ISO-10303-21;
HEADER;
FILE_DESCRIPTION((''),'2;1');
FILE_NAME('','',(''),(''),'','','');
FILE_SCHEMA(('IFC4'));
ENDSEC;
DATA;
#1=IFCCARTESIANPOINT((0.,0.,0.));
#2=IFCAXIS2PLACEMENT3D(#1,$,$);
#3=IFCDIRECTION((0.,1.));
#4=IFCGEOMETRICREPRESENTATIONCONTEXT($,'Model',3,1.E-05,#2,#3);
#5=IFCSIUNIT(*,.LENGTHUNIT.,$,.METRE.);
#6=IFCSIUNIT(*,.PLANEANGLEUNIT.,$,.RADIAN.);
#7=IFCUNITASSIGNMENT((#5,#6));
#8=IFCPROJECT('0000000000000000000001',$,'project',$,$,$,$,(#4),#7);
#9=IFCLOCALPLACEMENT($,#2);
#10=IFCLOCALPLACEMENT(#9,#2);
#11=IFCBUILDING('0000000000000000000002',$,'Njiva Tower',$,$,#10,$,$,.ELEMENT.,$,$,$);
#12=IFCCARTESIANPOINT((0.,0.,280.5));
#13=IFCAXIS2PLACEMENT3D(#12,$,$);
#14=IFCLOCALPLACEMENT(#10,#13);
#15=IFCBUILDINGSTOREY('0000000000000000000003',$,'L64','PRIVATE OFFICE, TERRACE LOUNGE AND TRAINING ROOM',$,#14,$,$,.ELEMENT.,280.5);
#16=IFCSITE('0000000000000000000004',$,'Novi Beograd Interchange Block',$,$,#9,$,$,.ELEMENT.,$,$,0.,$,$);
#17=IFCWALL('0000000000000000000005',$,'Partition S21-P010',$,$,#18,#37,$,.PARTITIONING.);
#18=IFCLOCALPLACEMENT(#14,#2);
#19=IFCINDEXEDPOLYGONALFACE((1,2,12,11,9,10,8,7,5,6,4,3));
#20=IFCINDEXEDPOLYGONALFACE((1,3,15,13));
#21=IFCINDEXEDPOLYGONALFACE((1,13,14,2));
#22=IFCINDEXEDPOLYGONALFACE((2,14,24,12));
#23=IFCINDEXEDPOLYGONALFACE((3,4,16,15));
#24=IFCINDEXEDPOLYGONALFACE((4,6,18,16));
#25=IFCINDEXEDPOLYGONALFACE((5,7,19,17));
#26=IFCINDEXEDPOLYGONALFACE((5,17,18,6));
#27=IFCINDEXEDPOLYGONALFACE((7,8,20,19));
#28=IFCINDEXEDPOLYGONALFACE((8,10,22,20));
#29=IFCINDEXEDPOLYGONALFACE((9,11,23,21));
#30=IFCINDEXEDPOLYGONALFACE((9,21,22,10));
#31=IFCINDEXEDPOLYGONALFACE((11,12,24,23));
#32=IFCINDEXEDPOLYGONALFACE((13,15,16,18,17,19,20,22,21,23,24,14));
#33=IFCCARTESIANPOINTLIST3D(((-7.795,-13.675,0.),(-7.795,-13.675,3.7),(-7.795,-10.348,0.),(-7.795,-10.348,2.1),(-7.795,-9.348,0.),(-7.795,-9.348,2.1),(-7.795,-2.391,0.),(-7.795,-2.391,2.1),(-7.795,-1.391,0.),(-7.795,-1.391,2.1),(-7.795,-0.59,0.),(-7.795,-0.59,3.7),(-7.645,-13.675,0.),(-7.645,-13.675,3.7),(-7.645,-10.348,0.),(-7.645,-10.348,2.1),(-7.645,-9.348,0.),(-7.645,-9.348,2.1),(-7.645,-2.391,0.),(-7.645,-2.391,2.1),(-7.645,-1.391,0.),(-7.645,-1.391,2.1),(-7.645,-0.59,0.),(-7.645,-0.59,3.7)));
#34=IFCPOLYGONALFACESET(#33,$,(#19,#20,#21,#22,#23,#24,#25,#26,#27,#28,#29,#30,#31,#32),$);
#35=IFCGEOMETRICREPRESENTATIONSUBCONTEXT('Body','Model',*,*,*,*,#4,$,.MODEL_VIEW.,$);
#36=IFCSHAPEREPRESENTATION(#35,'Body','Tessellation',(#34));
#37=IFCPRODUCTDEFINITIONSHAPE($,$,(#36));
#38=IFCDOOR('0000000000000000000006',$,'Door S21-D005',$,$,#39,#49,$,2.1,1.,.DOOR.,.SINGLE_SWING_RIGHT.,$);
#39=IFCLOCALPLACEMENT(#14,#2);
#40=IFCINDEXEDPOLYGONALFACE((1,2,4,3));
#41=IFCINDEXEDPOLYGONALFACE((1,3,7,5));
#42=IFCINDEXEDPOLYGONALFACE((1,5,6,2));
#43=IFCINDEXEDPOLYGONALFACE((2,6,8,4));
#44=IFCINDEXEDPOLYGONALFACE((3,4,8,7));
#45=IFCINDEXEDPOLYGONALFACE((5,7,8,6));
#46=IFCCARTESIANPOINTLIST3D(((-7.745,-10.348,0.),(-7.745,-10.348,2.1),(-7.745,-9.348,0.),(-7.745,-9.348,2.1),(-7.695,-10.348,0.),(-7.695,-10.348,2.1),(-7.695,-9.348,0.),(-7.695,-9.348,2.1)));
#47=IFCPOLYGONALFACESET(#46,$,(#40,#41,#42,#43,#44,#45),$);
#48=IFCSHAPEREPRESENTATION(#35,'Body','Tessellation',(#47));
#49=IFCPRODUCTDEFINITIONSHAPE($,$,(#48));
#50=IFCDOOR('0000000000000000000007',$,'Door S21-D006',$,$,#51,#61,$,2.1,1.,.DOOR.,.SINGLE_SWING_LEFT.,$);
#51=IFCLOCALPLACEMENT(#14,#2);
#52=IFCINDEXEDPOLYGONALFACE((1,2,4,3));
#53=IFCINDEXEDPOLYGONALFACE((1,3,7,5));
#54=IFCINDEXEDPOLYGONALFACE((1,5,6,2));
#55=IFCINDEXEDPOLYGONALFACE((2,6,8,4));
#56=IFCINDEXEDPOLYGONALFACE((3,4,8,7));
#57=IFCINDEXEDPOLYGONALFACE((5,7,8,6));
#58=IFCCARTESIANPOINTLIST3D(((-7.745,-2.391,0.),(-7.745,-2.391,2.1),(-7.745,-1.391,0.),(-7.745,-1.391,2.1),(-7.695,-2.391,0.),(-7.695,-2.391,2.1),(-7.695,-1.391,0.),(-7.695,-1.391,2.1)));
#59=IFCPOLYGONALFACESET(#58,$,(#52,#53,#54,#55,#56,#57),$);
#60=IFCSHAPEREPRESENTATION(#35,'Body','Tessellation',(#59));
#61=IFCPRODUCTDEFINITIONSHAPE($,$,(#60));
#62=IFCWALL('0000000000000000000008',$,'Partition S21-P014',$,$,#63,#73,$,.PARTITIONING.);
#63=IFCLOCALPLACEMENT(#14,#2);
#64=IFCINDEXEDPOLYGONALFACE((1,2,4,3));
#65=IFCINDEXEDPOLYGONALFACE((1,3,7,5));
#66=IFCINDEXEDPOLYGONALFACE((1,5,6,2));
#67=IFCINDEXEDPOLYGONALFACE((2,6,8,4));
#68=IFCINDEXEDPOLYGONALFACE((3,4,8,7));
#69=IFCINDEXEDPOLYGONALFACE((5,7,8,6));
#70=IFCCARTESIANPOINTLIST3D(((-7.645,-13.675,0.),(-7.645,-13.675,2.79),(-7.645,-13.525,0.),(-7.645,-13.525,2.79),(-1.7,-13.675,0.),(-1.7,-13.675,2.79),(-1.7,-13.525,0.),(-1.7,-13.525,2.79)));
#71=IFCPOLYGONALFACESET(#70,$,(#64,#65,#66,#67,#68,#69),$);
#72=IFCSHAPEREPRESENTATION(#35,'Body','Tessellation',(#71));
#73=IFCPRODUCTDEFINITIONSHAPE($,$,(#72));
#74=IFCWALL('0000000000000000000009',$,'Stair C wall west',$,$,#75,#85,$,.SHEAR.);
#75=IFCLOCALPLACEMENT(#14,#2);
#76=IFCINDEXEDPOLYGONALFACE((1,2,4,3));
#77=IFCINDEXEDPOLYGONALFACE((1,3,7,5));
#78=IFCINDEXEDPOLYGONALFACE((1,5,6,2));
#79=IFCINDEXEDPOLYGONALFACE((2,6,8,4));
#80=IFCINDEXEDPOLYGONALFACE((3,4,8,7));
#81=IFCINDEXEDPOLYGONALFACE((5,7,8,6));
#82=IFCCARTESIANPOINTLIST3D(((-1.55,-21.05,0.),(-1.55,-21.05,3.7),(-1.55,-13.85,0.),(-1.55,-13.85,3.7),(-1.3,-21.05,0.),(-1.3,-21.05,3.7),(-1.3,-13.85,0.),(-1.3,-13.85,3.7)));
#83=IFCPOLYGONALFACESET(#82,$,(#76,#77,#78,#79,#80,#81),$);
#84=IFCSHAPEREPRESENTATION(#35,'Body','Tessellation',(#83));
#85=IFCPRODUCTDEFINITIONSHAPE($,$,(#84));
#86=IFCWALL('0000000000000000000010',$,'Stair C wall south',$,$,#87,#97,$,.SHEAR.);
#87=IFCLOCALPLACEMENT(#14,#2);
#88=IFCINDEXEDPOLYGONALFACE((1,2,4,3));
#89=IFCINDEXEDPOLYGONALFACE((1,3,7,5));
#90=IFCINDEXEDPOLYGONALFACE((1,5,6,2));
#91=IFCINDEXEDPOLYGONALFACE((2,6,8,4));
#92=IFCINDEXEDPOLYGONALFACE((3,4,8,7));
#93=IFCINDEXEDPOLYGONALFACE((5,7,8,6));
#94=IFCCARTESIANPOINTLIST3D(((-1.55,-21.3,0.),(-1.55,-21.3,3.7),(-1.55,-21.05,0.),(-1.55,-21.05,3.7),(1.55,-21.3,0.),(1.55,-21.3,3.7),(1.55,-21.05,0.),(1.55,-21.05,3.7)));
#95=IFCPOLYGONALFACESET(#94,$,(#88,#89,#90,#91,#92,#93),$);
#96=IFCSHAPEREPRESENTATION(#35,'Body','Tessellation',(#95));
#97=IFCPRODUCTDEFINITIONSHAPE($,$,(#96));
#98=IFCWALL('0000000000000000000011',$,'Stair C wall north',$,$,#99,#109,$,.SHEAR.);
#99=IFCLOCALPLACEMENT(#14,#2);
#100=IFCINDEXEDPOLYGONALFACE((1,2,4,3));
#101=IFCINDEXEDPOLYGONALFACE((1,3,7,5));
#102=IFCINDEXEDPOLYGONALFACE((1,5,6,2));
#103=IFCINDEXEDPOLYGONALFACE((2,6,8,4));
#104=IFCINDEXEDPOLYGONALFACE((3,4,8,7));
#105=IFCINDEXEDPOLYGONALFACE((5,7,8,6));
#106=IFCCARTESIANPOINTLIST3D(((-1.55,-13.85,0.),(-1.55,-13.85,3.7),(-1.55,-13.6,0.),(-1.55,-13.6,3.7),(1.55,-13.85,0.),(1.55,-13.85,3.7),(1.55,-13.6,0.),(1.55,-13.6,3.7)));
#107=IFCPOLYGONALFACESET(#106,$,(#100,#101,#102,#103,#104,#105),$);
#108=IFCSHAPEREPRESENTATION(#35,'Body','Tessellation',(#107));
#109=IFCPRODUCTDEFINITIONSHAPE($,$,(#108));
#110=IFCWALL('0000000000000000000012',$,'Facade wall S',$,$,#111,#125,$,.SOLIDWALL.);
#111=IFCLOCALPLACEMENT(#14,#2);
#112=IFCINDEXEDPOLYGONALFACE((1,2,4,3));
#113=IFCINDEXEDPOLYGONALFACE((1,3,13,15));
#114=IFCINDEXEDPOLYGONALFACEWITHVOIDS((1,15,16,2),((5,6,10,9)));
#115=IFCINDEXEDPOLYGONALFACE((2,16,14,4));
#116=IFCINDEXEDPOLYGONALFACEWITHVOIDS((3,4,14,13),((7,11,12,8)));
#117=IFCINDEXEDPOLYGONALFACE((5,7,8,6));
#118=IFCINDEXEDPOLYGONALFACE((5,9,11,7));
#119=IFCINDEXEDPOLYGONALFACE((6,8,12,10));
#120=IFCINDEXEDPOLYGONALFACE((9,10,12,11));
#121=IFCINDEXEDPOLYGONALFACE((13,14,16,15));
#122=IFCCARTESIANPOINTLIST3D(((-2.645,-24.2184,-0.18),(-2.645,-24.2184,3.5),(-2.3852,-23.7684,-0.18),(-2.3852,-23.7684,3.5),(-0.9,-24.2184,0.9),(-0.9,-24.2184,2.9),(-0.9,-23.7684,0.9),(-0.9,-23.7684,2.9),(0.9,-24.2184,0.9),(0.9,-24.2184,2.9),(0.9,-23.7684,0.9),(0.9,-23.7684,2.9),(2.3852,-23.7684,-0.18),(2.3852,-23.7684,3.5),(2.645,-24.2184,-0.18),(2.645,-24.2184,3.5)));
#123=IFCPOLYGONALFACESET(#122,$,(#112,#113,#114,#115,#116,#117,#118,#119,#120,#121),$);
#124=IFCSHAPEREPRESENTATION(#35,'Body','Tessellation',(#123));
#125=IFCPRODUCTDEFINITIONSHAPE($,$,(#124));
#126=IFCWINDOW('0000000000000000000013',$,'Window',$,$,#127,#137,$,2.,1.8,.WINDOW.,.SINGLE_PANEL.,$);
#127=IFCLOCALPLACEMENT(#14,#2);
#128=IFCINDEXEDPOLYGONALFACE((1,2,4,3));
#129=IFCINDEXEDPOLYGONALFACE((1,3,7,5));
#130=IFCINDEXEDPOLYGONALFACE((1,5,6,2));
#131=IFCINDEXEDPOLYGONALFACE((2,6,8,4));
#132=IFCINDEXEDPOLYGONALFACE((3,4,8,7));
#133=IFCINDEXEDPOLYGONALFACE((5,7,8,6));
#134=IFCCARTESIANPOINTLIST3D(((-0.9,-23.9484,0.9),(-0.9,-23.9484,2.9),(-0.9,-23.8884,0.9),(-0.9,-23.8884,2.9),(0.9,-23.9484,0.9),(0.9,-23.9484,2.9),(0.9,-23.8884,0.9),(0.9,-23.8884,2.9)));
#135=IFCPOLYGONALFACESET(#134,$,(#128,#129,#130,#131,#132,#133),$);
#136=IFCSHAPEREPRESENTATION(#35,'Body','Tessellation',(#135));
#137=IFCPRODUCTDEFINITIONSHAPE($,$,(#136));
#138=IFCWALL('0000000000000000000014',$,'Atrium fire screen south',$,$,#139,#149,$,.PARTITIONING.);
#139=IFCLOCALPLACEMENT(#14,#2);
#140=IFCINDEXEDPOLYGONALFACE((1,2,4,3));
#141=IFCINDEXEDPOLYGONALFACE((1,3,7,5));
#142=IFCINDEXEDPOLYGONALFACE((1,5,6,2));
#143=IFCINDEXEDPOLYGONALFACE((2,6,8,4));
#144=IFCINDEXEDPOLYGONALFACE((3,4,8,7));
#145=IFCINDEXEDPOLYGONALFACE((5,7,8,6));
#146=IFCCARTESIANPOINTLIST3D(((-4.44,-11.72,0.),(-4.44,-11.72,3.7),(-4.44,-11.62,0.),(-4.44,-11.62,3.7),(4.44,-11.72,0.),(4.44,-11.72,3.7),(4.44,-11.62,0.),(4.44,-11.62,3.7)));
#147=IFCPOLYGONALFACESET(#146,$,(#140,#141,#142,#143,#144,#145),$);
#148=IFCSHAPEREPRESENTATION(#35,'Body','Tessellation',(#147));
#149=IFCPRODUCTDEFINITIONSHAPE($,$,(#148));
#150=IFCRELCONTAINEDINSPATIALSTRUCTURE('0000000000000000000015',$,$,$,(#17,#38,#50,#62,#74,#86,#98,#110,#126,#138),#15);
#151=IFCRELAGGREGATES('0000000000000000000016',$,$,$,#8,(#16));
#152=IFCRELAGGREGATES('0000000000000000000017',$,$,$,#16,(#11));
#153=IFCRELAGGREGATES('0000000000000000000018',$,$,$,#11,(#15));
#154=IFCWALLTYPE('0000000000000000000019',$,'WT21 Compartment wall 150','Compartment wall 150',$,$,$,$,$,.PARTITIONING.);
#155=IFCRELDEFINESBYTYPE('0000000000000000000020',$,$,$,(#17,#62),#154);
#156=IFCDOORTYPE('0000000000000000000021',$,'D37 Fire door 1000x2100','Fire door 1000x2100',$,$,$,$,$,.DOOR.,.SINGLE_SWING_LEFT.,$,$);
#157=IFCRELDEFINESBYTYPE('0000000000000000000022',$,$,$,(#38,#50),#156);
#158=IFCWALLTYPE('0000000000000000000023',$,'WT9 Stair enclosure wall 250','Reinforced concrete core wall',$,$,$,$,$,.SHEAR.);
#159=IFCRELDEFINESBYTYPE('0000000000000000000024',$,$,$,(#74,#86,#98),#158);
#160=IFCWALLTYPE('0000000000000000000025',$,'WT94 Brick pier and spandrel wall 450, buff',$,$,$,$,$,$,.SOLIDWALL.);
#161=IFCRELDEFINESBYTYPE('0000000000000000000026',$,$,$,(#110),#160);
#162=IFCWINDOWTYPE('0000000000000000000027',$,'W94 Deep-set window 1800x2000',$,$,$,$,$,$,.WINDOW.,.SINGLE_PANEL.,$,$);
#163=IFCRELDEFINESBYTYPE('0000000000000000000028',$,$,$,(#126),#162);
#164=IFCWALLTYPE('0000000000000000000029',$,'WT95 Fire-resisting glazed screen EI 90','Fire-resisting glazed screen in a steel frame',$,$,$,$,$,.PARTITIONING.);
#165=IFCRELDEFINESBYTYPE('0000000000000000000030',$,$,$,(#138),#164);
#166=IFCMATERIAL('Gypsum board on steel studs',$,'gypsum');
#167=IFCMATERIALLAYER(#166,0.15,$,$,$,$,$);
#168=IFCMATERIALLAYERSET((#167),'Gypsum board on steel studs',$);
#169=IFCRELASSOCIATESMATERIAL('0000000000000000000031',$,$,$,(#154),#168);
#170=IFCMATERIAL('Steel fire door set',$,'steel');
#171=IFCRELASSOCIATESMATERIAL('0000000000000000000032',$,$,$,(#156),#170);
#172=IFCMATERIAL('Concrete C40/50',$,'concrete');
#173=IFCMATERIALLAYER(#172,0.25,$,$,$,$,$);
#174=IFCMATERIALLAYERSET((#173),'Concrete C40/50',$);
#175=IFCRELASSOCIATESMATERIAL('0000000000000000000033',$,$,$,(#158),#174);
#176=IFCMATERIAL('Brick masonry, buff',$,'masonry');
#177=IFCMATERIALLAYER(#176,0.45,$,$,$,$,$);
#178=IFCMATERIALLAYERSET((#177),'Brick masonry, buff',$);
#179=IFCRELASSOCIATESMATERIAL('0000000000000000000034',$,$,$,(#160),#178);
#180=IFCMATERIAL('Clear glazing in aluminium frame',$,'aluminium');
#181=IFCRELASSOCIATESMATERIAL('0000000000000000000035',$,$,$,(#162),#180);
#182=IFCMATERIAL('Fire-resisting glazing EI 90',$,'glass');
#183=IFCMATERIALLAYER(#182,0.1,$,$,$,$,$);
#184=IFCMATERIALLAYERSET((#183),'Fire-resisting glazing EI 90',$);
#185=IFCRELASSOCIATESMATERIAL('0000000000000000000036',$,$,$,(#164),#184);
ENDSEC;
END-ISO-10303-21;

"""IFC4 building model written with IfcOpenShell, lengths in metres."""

from ifc_helpers import new_model, si_unit, direction, frame, frame_2d, origin, place, context, subcontext, project, spatial, polyline, rectangle, outline, extrude, material, layer, layer_set, type_object, element, fill, save


model = new_model("IFC4")

# Units and contexts
model_context = context("Model", 3, precision=1e-05, world=origin(), true_north=direction((0.0, 1.0)))
body_context = subcontext(model_context, "Body", "Model", "MODEL_VIEW")
ifc_project = project(units=[si_unit("LENGTHUNIT", "METRE"), si_unit("PLANEANGLEUNIT", "RADIAN")], contexts=[model_context])

# Site, building, storey
site_placement = place(None, origin())
site = spatial("IfcSite", under=ifc_project, at=site_placement, Name="Novi Beograd Interchange Block", CompositionType="ELEMENT", RefElevation=0.0)
building_placement = place(site_placement, origin())
building = spatial("IfcBuilding", under=site, at=building_placement, Name="Njiva Tower", CompositionType="ELEMENT")
storey_placement = place(building_placement, frame((0.0, 0.0, 280.5)))
storey = spatial("IfcBuildingStorey", under=building, at=storey_placement, Name="L64", Description="PRIVATE OFFICE, TERRACE LOUNGE AND TRAINING ROOM", CompositionType="ELEMENT", Elevation=280.5)

# Shared definitions
ifc_material_1 = material(Name="Gypsum board on steel studs", Category="gypsum")

# Wall, openings, doors
ifc_layer_1 = layer(ifc_material_1, 0.15)
ifc_layer_set_1 = layer_set([ifc_layer_1], Name="Gypsum board on steel studs")
wall_type_1 = type_object("IfcWallType", Name="WT21 Compartment wall 150", Description="Compartment wall 150", PredefinedType="PARTITIONING", material=ifc_layer_set_1)
wall_1_placement = place(storey_placement, frame((-7.72, -13.675, 0.0), z_axis=(0.0, 0.0, 1.0), x_axis=(0.0, 1.0, 0.0)))
wall_1 = element("IfcWall", 1, at=wall_1_placement, inside=storey, type_object=wall_type_1, Name="Partition S21-P010", PredefinedType="PARTITIONING", context=body_context, shape_type="SweptSolid", body=[
    extrude(rectangle(XDim=13.085, YDim=0.15, at=frame_2d((6.5425, 0.0))), origin(), (0.0, 0.0, 1.0), 3.7),
])
opening_1_placement = place(wall_1_placement, frame((3.327, 0.0, 0.0)))
opening_1 = element("IfcOpeningElement", 2, at=opening_1_placement, cuts=wall_1, PredefinedType="OPENING", context=body_context, shape_type="SweptSolid", body=[
    extrude(rectangle(XDim=1.0, YDim=2.1, at=frame_2d((0.5, 1.05))), frame((0.0, 0.085, 0.0), z_axis=(0.0, -1.0, 0.0), x_axis=(1.0, 0.0, 0.0)), (0.0, 0.0, 1.0), 0.17),
])
opening_2_placement = place(wall_1_placement, frame((11.284, 0.0, 0.0)))
opening_2 = element("IfcOpeningElement", 3, at=opening_2_placement, cuts=wall_1, PredefinedType="OPENING", context=body_context, shape_type="SweptSolid", body=[
    extrude(rectangle(XDim=1.0, YDim=2.1, at=frame_2d((0.5, 1.05))), frame((0.0, 0.085, 0.0), z_axis=(0.0, -1.0, 0.0), x_axis=(1.0, 0.0, 0.0)), (0.0, 0.0, 1.0), 0.17),
])
ifc_material_2 = material(Name="Steel fire door set", Category="steel")
door_type = type_object("IfcDoorType", Name="D37 Fire door 1000x2100", Description="Fire door 1000x2100", OperationType="SINGLE_SWING_LEFT", PredefinedType="DOOR", material=ifc_material_2)
door_1_placement = place(opening_1_placement, origin())
door_1 = element("IfcDoor", 4, at=door_1_placement, inside=storey, type_object=door_type, Name="Door S21-D005", OperationType="SINGLE_SWING_RIGHT", OverallHeight=2.1, OverallWidth=1.0, PredefinedType="DOOR", context=body_context, shape_type="SweptSolid", body=[
    extrude(rectangle(XDim=1.0, YDim=2.1, at=frame_2d((0.5, 1.05))), frame((0.0, 0.025, 0.0), z_axis=(0.0, -1.0, 0.0), x_axis=(1.0, 0.0, 0.0)), (0.0, 0.0, 1.0), 0.05),
])
fill(opening_1, door_1)
door_2_placement = place(opening_2_placement, origin())
door_2 = element("IfcDoor", 5, at=door_2_placement, inside=storey, type_object=door_type, Name="Door S21-D006", OperationType="SINGLE_SWING_LEFT", OverallHeight=2.1, OverallWidth=1.0, PredefinedType="DOOR", context=body_context, shape_type="SweptSolid", body=[
    extrude(rectangle(XDim=1.0, YDim=2.1, at=frame_2d((0.5, 1.05))), frame((0.0, 0.025, 0.0), z_axis=(0.0, -1.0, 0.0), x_axis=(1.0, 0.0, 0.0)), (0.0, 0.0, 1.0), 0.05),
])
fill(opening_2, door_2)

# Walls
wall_2_placement = place(storey_placement, frame((-7.645, -13.6, 0.0), z_axis=(0.0, 0.0, 1.0), x_axis=(1.0, 0.0, 0.0)))
element("IfcWall", 6, at=wall_2_placement, inside=storey, type_object=wall_type_1, Name="Partition S21-P014", PredefinedType="PARTITIONING", context=body_context, shape_type="SweptSolid", body=[
    extrude(rectangle(XDim=5.945, YDim=0.15, at=frame_2d((2.9725, 0.0))), origin(), (0.0, 0.0, 1.0), 2.79),
])
ifc_material_3 = material(Name="Concrete C40/50", Category="concrete")
ifc_layer_2 = layer(ifc_material_3, 0.25)
ifc_layer_set_2 = layer_set([ifc_layer_2], Name="Concrete C40/50")
wall_type_2 = type_object("IfcWallType", Name="WT9 Stair enclosure wall 250", Description="Reinforced concrete core wall", PredefinedType="SHEAR", material=ifc_layer_set_2)
wall_3_placement = place(storey_placement, frame((-1.425, -21.05, 0.0), z_axis=(0.0, 0.0, 1.0), x_axis=(0.0, 1.0, 0.0)))
element("IfcWall", 7, at=wall_3_placement, inside=storey, type_object=wall_type_2, Name="Stair C wall west", PredefinedType="SHEAR", context=body_context, shape_type="SweptSolid", body=[
    extrude(rectangle(XDim=7.2, YDim=0.25, at=frame_2d((3.6, 0.0))), origin(), (0.0, 0.0, 1.0), 3.7),
])
for number, where, z_axis, x_axis, name in (
    (8, (-1.55, -21.175, 0.0), (0.0, 0.0, 1.0), (1.0, 0.0, 0.0), "Stair C wall south"),
    (9, (-1.55, -13.725, 0.0), (0.0, 0.0, 1.0), (1.0, 0.0, 0.0), "Stair C wall north"),
):
    element("IfcWall", number, at=place(storey_placement, frame(where, z_axis=z_axis, x_axis=x_axis)), inside=storey, type_object=wall_type_2, Name=name, PredefinedType="SHEAR", context=body_context, shape_type="SweptSolid", body=[
        extrude(rectangle(XDim=3.1, YDim=0.25, at=frame_2d((1.55, 0.0))), origin(), (0.0, 0.0, 1.0), 3.7),
    ])

# Wall, opening, window
ifc_material_4 = material(Name="Brick masonry, buff", Category="masonry")
ifc_layer_3 = layer(ifc_material_4, 0.45)
ifc_layer_set_3 = layer_set([ifc_layer_3], Name="Brick masonry, buff")
wall_type_3 = type_object("IfcWallType", Name="WT94 Brick pier and spandrel wall 450, buff", PredefinedType="SOLIDWALL", material=ifc_layer_set_3)
wall_4_placement = place(storey_placement, frame((-2.5151, -23.9934, -0.18), z_axis=(0.0, 0.0, 1.0), x_axis=(1.0, 0.0, 0.0)))
wall_4 = element("IfcWall", 10, at=wall_4_placement, inside=storey, type_object=wall_type_3, Name="Facade wall S", PredefinedType="SOLIDWALL", context=body_context, shape_type="SweptSolid", body=[
    extrude(outline(polyline([(-0.1299, -0.225), (5.1601, -0.225), (4.9003, 0.225), (0.1299, 0.225), (-0.1299, -0.225)])), origin(), (0.0, 0.0, 1.0), 3.68),
])
opening_3_placement = place(wall_4_placement, frame((1.6151, 0.0, 1.08)))
opening_3 = element("IfcOpeningElement", 11, at=opening_3_placement, cuts=wall_4, PredefinedType="OPENING", context=body_context, shape_type="SweptSolid", body=[
    extrude(rectangle(XDim=1.8, YDim=2.0, at=frame_2d((0.9, 1.0))), frame((0.0, 0.235, 0.0), z_axis=(0.0, -1.0, 0.0), x_axis=(1.0, 0.0, 0.0)), (0.0, 0.0, 1.0), 0.47),
])
ifc_material_5 = material(Name="Clear glazing in aluminium frame", Category="aluminium")
window_type = type_object("IfcWindowType", Name="W94 Deep-set window 1800x2000", PartitioningType="SINGLE_PANEL", PredefinedType="WINDOW", material=ifc_material_5)
window_placement = place(opening_3_placement, origin())
window = element("IfcWindow", 12, at=window_placement, inside=storey, type_object=window_type, Name="Window", OverallHeight=2.0, OverallWidth=1.8, PartitioningType="SINGLE_PANEL", PredefinedType="WINDOW", context=body_context, shape_type="SweptSolid", body=[
    extrude(rectangle(XDim=1.8, YDim=2.0, at=frame_2d((0.9, 1.0))), frame((0.0, 0.105, 0.0), z_axis=(0.0, -1.0, 0.0), x_axis=(1.0, 0.0, 0.0)), (0.0, 0.0, 1.0), 0.06),
])
fill(opening_3, window)

# Wall
ifc_material_6 = material(Name="Fire-resisting glazing EI 90", Category="glass")
ifc_layer_4 = layer(ifc_material_6, 0.1)
ifc_layer_set_4 = layer_set([ifc_layer_4], Name="Fire-resisting glazing EI 90")
wall_type_4 = type_object("IfcWallType", Name="WT95 Fire-resisting glazed screen EI 90", Description="Fire-resisting glazed screen in a steel frame", PredefinedType="PARTITIONING", material=ifc_layer_set_4)
wall_5_placement = place(storey_placement, frame((-4.44, -11.67, 0.0), z_axis=(0.0, 0.0, 1.0), x_axis=(1.0, 0.0, 0.0)))
element("IfcWall", 13, at=wall_5_placement, inside=storey, type_object=wall_type_4, Name="Atrium fire screen south", PredefinedType="PARTITIONING", context=body_context, shape_type="SweptSolid", body=[
    extrude(rectangle(XDim=8.88, YDim=0.1, at=frame_2d((4.44, 0.0))), origin(), (0.0, 0.0, 1.0), 3.7),
])

save(model, "model.ifc")
